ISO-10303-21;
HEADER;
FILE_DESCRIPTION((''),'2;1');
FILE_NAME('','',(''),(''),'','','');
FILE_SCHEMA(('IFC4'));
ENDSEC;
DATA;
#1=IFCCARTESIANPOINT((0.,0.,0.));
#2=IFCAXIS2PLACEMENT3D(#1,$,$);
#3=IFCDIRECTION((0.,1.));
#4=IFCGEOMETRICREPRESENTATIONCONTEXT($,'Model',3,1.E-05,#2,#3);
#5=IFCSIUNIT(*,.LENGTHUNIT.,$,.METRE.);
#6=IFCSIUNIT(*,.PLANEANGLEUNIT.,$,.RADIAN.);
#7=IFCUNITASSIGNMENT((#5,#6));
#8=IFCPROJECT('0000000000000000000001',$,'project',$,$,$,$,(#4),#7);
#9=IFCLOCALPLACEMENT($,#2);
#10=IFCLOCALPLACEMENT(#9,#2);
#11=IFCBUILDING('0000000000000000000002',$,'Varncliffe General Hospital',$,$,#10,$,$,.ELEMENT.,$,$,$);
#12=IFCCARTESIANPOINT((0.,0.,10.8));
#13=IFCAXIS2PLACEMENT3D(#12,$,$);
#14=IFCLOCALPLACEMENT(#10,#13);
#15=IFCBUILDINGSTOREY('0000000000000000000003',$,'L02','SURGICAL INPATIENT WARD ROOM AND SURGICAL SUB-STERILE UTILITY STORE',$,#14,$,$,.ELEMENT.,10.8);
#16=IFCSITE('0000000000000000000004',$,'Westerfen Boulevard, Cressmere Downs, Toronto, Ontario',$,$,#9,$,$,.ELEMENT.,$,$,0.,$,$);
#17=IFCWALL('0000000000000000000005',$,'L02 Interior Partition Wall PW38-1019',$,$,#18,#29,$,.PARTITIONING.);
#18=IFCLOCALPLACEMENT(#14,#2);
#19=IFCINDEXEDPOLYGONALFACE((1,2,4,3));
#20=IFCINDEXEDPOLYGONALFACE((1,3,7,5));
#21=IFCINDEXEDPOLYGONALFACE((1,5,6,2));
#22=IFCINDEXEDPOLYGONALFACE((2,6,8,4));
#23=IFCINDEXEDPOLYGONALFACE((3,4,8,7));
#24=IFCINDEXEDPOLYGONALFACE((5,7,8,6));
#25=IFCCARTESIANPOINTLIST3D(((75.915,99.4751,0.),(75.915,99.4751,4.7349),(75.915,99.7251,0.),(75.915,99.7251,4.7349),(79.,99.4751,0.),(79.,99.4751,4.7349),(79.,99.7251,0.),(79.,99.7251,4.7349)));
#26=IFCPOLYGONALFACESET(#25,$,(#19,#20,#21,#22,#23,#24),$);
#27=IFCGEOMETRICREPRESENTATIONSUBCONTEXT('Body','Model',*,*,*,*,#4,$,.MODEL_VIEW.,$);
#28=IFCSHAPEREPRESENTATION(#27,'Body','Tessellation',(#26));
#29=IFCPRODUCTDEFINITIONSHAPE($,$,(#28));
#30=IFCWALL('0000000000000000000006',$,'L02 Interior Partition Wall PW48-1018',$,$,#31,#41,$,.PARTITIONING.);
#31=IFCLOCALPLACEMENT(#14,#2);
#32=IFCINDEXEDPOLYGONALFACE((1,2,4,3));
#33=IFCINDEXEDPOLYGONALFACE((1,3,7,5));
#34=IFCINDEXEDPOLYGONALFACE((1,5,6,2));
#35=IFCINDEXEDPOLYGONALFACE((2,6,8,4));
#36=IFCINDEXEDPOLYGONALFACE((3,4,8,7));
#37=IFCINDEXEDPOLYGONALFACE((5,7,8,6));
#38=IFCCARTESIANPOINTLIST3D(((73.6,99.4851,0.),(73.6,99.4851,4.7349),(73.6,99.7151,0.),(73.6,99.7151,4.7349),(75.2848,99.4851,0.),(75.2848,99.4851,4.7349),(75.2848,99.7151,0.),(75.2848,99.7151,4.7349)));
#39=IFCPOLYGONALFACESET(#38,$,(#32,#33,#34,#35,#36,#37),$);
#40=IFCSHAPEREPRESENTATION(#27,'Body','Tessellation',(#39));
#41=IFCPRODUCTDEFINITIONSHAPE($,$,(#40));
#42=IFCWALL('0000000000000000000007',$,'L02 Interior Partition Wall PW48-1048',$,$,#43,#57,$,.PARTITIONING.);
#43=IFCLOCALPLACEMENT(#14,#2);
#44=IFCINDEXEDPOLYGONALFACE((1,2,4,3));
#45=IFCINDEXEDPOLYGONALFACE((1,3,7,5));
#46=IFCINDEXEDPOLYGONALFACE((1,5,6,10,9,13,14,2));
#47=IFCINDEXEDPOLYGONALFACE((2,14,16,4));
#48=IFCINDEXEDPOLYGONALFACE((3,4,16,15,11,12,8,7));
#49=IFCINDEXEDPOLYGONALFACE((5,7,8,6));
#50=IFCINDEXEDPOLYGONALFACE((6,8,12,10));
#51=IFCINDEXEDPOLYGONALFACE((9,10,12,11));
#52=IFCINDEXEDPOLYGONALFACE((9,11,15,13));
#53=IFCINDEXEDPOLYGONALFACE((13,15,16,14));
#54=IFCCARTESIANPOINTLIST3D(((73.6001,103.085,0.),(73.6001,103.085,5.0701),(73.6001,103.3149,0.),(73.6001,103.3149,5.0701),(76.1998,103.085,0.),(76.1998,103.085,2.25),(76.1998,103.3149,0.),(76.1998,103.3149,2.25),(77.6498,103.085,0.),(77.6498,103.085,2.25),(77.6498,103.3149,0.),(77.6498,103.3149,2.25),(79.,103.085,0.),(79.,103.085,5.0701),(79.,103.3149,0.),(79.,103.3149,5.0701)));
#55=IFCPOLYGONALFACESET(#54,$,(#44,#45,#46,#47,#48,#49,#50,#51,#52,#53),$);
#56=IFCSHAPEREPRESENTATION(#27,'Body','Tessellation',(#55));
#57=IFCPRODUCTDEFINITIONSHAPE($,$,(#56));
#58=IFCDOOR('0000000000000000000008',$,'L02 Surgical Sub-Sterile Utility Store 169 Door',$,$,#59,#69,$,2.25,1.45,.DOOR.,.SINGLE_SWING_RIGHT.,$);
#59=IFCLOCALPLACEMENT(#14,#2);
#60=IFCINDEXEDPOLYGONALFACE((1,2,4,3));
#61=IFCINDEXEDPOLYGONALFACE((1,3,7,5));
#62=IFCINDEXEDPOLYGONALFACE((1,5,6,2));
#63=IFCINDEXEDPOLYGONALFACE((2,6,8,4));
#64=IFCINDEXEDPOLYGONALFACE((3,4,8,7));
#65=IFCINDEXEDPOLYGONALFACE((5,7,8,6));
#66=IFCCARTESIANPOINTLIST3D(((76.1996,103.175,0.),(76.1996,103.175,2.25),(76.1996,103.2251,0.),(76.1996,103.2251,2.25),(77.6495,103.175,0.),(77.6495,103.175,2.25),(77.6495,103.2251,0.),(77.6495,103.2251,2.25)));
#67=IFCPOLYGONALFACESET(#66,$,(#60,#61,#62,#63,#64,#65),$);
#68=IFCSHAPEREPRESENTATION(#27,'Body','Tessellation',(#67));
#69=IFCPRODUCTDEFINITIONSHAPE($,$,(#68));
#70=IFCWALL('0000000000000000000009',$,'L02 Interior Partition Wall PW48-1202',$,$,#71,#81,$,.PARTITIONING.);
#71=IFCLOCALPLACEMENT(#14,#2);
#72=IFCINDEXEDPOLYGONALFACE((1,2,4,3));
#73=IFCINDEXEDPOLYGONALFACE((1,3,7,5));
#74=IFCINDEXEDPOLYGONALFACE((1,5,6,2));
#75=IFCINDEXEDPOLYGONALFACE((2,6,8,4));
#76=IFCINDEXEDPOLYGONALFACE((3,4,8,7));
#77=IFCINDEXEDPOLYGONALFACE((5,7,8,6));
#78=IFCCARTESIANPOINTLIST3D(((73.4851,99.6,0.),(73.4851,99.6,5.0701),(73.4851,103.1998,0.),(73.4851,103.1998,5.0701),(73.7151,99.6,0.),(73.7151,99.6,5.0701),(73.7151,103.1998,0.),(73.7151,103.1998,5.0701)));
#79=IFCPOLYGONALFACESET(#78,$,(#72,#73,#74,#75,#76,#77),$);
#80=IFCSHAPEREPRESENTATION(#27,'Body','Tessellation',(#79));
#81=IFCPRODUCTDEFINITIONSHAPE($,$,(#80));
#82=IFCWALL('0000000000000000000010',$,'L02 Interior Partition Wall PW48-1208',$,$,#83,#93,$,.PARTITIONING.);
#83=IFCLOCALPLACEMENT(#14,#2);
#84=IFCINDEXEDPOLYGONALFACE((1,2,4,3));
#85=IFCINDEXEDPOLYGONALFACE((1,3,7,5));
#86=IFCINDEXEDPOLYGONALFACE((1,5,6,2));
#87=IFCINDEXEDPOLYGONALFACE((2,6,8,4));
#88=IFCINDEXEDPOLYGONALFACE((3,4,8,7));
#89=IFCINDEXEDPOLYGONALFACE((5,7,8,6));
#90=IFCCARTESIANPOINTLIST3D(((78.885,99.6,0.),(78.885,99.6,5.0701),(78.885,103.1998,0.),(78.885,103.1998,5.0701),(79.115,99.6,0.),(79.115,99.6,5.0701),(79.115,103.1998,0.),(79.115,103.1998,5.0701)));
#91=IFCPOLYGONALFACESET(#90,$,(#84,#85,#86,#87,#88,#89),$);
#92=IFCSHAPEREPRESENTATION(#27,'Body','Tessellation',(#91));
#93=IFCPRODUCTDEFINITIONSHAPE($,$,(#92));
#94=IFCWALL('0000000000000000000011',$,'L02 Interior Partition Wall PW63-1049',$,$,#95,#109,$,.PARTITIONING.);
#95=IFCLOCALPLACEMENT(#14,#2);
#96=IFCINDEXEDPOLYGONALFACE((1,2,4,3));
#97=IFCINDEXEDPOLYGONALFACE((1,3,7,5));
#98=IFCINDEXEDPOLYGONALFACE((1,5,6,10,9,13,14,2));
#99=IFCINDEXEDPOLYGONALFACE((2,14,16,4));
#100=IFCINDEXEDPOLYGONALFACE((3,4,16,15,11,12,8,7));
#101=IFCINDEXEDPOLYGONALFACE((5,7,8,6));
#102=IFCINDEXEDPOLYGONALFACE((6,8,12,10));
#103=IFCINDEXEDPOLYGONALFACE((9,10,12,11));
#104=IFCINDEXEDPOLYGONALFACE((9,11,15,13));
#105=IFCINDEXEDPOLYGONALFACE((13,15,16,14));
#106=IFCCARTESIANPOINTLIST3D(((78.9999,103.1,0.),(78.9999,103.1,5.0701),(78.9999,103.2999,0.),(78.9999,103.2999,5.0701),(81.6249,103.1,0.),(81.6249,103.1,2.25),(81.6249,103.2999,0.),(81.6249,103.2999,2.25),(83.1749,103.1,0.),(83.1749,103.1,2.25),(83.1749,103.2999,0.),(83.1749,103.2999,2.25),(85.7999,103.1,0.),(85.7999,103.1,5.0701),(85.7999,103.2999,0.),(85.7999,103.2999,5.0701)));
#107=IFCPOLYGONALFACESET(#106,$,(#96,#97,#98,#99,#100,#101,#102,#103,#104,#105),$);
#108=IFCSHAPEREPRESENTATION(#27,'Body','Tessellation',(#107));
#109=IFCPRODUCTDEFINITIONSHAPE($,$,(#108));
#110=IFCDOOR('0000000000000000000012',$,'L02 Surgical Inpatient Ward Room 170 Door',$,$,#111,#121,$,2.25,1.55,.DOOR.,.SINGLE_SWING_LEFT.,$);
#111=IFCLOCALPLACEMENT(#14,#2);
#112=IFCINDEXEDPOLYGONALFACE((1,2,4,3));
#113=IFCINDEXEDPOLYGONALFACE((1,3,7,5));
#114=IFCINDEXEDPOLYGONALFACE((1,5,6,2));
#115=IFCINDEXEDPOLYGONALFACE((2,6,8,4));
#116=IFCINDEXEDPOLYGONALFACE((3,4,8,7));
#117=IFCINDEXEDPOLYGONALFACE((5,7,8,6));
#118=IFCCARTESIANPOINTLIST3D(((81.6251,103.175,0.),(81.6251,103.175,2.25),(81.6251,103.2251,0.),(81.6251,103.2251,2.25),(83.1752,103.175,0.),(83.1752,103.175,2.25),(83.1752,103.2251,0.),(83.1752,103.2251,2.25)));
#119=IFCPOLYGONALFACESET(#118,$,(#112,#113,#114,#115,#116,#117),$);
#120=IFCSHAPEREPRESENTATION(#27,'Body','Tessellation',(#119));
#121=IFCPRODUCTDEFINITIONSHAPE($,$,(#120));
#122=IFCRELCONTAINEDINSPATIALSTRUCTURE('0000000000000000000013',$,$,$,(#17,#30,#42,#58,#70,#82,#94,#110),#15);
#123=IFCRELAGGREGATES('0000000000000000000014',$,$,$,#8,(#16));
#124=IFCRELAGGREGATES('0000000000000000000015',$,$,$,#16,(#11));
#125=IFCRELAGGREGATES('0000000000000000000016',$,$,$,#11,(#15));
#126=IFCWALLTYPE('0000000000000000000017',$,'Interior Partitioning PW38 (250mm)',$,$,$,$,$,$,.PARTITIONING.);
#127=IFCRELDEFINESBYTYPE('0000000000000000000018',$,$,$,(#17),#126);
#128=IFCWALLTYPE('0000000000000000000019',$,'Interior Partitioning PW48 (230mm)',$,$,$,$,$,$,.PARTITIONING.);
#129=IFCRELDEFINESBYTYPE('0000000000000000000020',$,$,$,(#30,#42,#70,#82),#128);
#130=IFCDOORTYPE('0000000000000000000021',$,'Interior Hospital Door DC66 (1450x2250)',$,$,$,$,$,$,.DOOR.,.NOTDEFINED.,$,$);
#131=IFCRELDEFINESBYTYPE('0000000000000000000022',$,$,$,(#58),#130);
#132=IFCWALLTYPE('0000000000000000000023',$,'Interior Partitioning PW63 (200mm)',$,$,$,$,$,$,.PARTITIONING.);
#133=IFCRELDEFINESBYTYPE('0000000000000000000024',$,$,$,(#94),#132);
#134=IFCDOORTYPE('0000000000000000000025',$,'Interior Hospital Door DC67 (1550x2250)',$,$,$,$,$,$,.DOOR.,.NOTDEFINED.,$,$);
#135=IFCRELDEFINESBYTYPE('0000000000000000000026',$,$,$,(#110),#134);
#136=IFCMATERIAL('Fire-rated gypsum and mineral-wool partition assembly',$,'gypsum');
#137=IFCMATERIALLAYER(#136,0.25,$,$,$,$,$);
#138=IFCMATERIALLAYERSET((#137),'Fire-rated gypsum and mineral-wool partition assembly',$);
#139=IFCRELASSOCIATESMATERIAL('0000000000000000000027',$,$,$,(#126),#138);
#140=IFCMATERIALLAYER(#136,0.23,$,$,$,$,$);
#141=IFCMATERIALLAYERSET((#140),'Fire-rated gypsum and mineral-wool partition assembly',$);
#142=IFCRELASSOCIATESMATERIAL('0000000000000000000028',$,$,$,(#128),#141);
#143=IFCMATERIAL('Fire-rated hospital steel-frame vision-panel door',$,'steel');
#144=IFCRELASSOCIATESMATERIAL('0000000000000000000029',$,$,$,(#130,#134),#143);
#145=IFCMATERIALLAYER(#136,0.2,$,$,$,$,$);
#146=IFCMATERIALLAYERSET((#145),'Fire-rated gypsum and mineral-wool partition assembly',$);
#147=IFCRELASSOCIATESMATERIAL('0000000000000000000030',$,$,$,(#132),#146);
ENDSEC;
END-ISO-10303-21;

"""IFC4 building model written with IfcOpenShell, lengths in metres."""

from ifc_helpers import new_model, si_unit, direction, frame, frame_2d, origin, place, context, subcontext, project, spatial, rectangle, extrude, material, layer, layer_set, type_object, element, fill, save


model = new_model("IFC4")

# Units and contexts
model_context = context("Model", 3, precision=1e-05, world=origin(), true_north=direction((0.0, 1.0)))
body_context = subcontext(model_context, "Body", "Model", "MODEL_VIEW")
ifc_project = project(units=[si_unit("LENGTHUNIT", "METRE"), si_unit("PLANEANGLEUNIT", "RADIAN")], contexts=[model_context])

# Site, building, storey
site_placement = place(None, origin())
site = spatial("IfcSite", under=ifc_project, at=site_placement, Name="Westerfen Boulevard, Cressmere Downs, Toronto, Ontario", CompositionType="ELEMENT", RefElevation=0.0)
building_placement = place(site_placement, origin())
building = spatial("IfcBuilding", under=site, at=building_placement, Name="Varncliffe General Hospital", CompositionType="ELEMENT")
storey_placement = place(building_placement, frame((0.0, 0.0, 10.8)))
storey = spatial("IfcBuildingStorey", under=building, at=storey_placement, Name="L02", Description="SURGICAL INPATIENT WARD ROOM AND SURGICAL SUB-STERILE UTILITY STORE", CompositionType="ELEMENT", Elevation=10.8)

# Walls
ifc_material_1 = material(Name="Fire-rated gypsum and mineral-wool partition assembly", Category="gypsum")
ifc_layer_1 = layer(ifc_material_1, 0.25)
ifc_layer_set_1 = layer_set([ifc_layer_1], Name="Fire-rated gypsum and mineral-wool partition assembly")
wall_type_1 = type_object("IfcWallType", Name="Interior Partitioning PW38 (250mm)", PredefinedType="PARTITIONING", material=ifc_layer_set_1)
wall_1_placement = place(storey_placement, frame((75.915, 99.6001, 0.0), z_axis=(0.0, 0.0, 1.0), x_axis=(1.0, 0.0, 0.0)))
element("IfcWall", 1, at=wall_1_placement, inside=storey, type_object=wall_type_1, Name="L02 Interior Partition Wall PW38-1019", PredefinedType="PARTITIONING", context=body_context, shape_type="SweptSolid", body=[
    extrude(rectangle(XDim=3.085, YDim=0.25, at=frame_2d((1.5425, 0.0))), origin(), (0.0, 0.0, 1.0), 4.7349),
])
ifc_layer_2 = layer(ifc_material_1, 0.23)
ifc_layer_set_2 = layer_set([ifc_layer_2], Name="Fire-rated gypsum and mineral-wool partition assembly")
wall_type_2 = type_object("IfcWallType", Name="Interior Partitioning PW48 (230mm)", PredefinedType="PARTITIONING", material=ifc_layer_set_2)
wall_2_placement = place(storey_placement, frame((73.6001, 99.6001, 0.0), z_axis=(0.0, 0.0, 1.0), x_axis=(1.0, 0.0, 0.0)))
element("IfcWall", 2, at=wall_2_placement, inside=storey, type_object=wall_type_2, Name="L02 Interior Partition Wall PW48-1018", PredefinedType="PARTITIONING", context=body_context, shape_type="SweptSolid", body=[
    extrude(rectangle(XDim=1.6848, YDim=0.23, at=frame_2d((0.8423, 0.0))), origin(), (0.0, 0.0, 1.0), 4.7349),
])

# Wall, opening, door
wall_3_placement = place(storey_placement, frame((73.6001, 103.2, 0.0), z_axis=(0.0, 0.0, 1.0), x_axis=(1.0, 0.0, 0.0)))
wall_3 = element("IfcWall", 3, at=wall_3_placement, inside=storey, type_object=wall_type_2, Name="L02 Interior Partition Wall PW48-1048", PredefinedType="PARTITIONING", context=body_context, shape_type="SweptSolid", body=[
    extrude(rectangle(XDim=5.3999, YDim=0.23, at=frame_2d((2.7, 0.0))), origin(), (0.0, 0.0, 1.0), 5.0701),
])
opening_1_placement = place(wall_3_placement, frame((2.5996, 0.0, 0.0)))
opening_1 = element("IfcOpeningElement", 4, at=opening_1_placement, cuts=wall_3, PredefinedType="OPENING", context=body_context, shape_type="SweptSolid", body=[
    extrude(rectangle(XDim=1.45, YDim=2.25, at=frame_2d((0.7251, 1.125))), frame((0.0, 0.125, 0.0), z_axis=(0.0, -1.0, 0.0), x_axis=(1.0, 0.0, 0.0)), (0.0, 0.0, 1.0), 0.25),
])
ifc_material_2 = material(Name="Fire-rated hospital steel-frame vision-panel door", Category="steel")
door_type_1 = type_object("IfcDoorType", Name="Interior Hospital Door DC66 (1450x2250)", OperationType="NOTDEFINED", PredefinedType="DOOR", material=ifc_material_2)
door_1_placement = place(opening_1_placement, frame((1.45, 0.0, 0.0), z_axis=(0.0, 0.0, 1.0), x_axis=(-1.0, 0.0, 0.0)))
door_1 = element("IfcDoor", 5, at=door_1_placement, inside=storey, type_object=door_type_1, Name="L02 Surgical Sub-Sterile Utility Store 169 Door", OperationType="SINGLE_SWING_RIGHT", OverallHeight=2.25, OverallWidth=1.45, PredefinedType="DOOR", context=body_context, shape_type="SweptSolid", body=[
    extrude(rectangle(XDim=1.45, YDim=2.25, at=frame_2d((0.7251, 1.125))), frame((0.0, 0.0249, 0.0), z_axis=(0.0, -1.0, 0.0), x_axis=(1.0, 0.0, 0.0)), (0.0, 0.0, 1.0), 0.05),
])
fill(opening_1, door_1)

# Walls
for number, where, z_axis, x_axis, name in (
    (6, (73.6001, 99.6001, 0.0), (0.0, 0.0, 1.0), (0.0, 1.0, 0.0), "L02 Interior Partition Wall PW48-1202"),
    (7, (79.0, 99.6001, 0.0), (0.0, 0.0, 1.0), (0.0, 1.0, 0.0), "L02 Interior Partition Wall PW48-1208"),
):
    element("IfcWall", number, at=place(storey_placement, frame(where, z_axis=z_axis, x_axis=x_axis)), inside=storey, type_object=wall_type_2, Name=name, PredefinedType="PARTITIONING", context=body_context, shape_type="SweptSolid", body=[
        extrude(rectangle(XDim=3.5999, YDim=0.23, at=frame_2d((1.7998, 0.0))), origin(), (0.0, 0.0, 1.0), 5.0701),
    ])

# Wall, opening, door
ifc_layer_3 = layer(ifc_material_1, 0.2)
ifc_layer_set_3 = layer_set([ifc_layer_3], Name="Fire-rated gypsum and mineral-wool partition assembly")
wall_type_3 = type_object("IfcWallType", Name="Interior Partitioning PW63 (200mm)", PredefinedType="PARTITIONING", material=ifc_layer_set_3)
wall_4_placement = place(storey_placement, frame((79.0, 103.2, 0.0), z_axis=(0.0, 0.0, 1.0), x_axis=(1.0, 0.0, 0.0)))
wall_4 = element("IfcWall", 8, at=wall_4_placement, inside=storey, type_object=wall_type_3, Name="L02 Interior Partition Wall PW63-1049", PredefinedType="PARTITIONING", context=body_context, shape_type="SweptSolid", body=[
    extrude(rectangle(XDim=6.8, YDim=0.2, at=frame_2d((3.3999, 0.0))), origin(), (0.0, 0.0, 1.0), 5.0701),
])
opening_2_placement = place(wall_4_placement, frame((2.625, 0.0, 0.0)))
opening_2 = element("IfcOpeningElement", 9, at=opening_2_placement, cuts=wall_4, PredefinedType="OPENING", context=body_context, shape_type="SweptSolid", body=[
    extrude(rectangle(XDim=1.55, YDim=2.25, at=frame_2d((0.7749, 1.125))), frame((0.0, 0.1099, 0.0), z_axis=(0.0, -1.0, 0.0), x_axis=(1.0, 0.0, 0.0)), (0.0, 0.0, 1.0), 0.22),
])
door_type_2 = type_object("IfcDoorType", Name="Interior Hospital Door DC67 (1550x2250)", OperationType="NOTDEFINED", PredefinedType="DOOR", material=ifc_material_2)
door_2_placement = place(opening_2_placement, frame((1.55, 0.0, 0.0), z_axis=(0.0, 0.0, 1.0), x_axis=(-1.0, 0.0, 0.0)))
door_2 = element("IfcDoor", 10, at=door_2_placement, inside=storey, type_object=door_type_2, Name="L02 Surgical Inpatient Ward Room 170 Door", OperationType="SINGLE_SWING_LEFT", OverallHeight=2.25, OverallWidth=1.55, PredefinedType="DOOR", context=body_context, shape_type="SweptSolid", body=[
    extrude(rectangle(XDim=1.55, YDim=2.25, at=frame_2d((0.7749, 1.125))), frame((0.0, 0.0249, 0.0), z_axis=(0.0, -1.0, 0.0), x_axis=(1.0, 0.0, 0.0)), (0.0, 0.0, 1.0), 0.05),
])
fill(opening_2, door_2)

save(model, "model.ifc")
